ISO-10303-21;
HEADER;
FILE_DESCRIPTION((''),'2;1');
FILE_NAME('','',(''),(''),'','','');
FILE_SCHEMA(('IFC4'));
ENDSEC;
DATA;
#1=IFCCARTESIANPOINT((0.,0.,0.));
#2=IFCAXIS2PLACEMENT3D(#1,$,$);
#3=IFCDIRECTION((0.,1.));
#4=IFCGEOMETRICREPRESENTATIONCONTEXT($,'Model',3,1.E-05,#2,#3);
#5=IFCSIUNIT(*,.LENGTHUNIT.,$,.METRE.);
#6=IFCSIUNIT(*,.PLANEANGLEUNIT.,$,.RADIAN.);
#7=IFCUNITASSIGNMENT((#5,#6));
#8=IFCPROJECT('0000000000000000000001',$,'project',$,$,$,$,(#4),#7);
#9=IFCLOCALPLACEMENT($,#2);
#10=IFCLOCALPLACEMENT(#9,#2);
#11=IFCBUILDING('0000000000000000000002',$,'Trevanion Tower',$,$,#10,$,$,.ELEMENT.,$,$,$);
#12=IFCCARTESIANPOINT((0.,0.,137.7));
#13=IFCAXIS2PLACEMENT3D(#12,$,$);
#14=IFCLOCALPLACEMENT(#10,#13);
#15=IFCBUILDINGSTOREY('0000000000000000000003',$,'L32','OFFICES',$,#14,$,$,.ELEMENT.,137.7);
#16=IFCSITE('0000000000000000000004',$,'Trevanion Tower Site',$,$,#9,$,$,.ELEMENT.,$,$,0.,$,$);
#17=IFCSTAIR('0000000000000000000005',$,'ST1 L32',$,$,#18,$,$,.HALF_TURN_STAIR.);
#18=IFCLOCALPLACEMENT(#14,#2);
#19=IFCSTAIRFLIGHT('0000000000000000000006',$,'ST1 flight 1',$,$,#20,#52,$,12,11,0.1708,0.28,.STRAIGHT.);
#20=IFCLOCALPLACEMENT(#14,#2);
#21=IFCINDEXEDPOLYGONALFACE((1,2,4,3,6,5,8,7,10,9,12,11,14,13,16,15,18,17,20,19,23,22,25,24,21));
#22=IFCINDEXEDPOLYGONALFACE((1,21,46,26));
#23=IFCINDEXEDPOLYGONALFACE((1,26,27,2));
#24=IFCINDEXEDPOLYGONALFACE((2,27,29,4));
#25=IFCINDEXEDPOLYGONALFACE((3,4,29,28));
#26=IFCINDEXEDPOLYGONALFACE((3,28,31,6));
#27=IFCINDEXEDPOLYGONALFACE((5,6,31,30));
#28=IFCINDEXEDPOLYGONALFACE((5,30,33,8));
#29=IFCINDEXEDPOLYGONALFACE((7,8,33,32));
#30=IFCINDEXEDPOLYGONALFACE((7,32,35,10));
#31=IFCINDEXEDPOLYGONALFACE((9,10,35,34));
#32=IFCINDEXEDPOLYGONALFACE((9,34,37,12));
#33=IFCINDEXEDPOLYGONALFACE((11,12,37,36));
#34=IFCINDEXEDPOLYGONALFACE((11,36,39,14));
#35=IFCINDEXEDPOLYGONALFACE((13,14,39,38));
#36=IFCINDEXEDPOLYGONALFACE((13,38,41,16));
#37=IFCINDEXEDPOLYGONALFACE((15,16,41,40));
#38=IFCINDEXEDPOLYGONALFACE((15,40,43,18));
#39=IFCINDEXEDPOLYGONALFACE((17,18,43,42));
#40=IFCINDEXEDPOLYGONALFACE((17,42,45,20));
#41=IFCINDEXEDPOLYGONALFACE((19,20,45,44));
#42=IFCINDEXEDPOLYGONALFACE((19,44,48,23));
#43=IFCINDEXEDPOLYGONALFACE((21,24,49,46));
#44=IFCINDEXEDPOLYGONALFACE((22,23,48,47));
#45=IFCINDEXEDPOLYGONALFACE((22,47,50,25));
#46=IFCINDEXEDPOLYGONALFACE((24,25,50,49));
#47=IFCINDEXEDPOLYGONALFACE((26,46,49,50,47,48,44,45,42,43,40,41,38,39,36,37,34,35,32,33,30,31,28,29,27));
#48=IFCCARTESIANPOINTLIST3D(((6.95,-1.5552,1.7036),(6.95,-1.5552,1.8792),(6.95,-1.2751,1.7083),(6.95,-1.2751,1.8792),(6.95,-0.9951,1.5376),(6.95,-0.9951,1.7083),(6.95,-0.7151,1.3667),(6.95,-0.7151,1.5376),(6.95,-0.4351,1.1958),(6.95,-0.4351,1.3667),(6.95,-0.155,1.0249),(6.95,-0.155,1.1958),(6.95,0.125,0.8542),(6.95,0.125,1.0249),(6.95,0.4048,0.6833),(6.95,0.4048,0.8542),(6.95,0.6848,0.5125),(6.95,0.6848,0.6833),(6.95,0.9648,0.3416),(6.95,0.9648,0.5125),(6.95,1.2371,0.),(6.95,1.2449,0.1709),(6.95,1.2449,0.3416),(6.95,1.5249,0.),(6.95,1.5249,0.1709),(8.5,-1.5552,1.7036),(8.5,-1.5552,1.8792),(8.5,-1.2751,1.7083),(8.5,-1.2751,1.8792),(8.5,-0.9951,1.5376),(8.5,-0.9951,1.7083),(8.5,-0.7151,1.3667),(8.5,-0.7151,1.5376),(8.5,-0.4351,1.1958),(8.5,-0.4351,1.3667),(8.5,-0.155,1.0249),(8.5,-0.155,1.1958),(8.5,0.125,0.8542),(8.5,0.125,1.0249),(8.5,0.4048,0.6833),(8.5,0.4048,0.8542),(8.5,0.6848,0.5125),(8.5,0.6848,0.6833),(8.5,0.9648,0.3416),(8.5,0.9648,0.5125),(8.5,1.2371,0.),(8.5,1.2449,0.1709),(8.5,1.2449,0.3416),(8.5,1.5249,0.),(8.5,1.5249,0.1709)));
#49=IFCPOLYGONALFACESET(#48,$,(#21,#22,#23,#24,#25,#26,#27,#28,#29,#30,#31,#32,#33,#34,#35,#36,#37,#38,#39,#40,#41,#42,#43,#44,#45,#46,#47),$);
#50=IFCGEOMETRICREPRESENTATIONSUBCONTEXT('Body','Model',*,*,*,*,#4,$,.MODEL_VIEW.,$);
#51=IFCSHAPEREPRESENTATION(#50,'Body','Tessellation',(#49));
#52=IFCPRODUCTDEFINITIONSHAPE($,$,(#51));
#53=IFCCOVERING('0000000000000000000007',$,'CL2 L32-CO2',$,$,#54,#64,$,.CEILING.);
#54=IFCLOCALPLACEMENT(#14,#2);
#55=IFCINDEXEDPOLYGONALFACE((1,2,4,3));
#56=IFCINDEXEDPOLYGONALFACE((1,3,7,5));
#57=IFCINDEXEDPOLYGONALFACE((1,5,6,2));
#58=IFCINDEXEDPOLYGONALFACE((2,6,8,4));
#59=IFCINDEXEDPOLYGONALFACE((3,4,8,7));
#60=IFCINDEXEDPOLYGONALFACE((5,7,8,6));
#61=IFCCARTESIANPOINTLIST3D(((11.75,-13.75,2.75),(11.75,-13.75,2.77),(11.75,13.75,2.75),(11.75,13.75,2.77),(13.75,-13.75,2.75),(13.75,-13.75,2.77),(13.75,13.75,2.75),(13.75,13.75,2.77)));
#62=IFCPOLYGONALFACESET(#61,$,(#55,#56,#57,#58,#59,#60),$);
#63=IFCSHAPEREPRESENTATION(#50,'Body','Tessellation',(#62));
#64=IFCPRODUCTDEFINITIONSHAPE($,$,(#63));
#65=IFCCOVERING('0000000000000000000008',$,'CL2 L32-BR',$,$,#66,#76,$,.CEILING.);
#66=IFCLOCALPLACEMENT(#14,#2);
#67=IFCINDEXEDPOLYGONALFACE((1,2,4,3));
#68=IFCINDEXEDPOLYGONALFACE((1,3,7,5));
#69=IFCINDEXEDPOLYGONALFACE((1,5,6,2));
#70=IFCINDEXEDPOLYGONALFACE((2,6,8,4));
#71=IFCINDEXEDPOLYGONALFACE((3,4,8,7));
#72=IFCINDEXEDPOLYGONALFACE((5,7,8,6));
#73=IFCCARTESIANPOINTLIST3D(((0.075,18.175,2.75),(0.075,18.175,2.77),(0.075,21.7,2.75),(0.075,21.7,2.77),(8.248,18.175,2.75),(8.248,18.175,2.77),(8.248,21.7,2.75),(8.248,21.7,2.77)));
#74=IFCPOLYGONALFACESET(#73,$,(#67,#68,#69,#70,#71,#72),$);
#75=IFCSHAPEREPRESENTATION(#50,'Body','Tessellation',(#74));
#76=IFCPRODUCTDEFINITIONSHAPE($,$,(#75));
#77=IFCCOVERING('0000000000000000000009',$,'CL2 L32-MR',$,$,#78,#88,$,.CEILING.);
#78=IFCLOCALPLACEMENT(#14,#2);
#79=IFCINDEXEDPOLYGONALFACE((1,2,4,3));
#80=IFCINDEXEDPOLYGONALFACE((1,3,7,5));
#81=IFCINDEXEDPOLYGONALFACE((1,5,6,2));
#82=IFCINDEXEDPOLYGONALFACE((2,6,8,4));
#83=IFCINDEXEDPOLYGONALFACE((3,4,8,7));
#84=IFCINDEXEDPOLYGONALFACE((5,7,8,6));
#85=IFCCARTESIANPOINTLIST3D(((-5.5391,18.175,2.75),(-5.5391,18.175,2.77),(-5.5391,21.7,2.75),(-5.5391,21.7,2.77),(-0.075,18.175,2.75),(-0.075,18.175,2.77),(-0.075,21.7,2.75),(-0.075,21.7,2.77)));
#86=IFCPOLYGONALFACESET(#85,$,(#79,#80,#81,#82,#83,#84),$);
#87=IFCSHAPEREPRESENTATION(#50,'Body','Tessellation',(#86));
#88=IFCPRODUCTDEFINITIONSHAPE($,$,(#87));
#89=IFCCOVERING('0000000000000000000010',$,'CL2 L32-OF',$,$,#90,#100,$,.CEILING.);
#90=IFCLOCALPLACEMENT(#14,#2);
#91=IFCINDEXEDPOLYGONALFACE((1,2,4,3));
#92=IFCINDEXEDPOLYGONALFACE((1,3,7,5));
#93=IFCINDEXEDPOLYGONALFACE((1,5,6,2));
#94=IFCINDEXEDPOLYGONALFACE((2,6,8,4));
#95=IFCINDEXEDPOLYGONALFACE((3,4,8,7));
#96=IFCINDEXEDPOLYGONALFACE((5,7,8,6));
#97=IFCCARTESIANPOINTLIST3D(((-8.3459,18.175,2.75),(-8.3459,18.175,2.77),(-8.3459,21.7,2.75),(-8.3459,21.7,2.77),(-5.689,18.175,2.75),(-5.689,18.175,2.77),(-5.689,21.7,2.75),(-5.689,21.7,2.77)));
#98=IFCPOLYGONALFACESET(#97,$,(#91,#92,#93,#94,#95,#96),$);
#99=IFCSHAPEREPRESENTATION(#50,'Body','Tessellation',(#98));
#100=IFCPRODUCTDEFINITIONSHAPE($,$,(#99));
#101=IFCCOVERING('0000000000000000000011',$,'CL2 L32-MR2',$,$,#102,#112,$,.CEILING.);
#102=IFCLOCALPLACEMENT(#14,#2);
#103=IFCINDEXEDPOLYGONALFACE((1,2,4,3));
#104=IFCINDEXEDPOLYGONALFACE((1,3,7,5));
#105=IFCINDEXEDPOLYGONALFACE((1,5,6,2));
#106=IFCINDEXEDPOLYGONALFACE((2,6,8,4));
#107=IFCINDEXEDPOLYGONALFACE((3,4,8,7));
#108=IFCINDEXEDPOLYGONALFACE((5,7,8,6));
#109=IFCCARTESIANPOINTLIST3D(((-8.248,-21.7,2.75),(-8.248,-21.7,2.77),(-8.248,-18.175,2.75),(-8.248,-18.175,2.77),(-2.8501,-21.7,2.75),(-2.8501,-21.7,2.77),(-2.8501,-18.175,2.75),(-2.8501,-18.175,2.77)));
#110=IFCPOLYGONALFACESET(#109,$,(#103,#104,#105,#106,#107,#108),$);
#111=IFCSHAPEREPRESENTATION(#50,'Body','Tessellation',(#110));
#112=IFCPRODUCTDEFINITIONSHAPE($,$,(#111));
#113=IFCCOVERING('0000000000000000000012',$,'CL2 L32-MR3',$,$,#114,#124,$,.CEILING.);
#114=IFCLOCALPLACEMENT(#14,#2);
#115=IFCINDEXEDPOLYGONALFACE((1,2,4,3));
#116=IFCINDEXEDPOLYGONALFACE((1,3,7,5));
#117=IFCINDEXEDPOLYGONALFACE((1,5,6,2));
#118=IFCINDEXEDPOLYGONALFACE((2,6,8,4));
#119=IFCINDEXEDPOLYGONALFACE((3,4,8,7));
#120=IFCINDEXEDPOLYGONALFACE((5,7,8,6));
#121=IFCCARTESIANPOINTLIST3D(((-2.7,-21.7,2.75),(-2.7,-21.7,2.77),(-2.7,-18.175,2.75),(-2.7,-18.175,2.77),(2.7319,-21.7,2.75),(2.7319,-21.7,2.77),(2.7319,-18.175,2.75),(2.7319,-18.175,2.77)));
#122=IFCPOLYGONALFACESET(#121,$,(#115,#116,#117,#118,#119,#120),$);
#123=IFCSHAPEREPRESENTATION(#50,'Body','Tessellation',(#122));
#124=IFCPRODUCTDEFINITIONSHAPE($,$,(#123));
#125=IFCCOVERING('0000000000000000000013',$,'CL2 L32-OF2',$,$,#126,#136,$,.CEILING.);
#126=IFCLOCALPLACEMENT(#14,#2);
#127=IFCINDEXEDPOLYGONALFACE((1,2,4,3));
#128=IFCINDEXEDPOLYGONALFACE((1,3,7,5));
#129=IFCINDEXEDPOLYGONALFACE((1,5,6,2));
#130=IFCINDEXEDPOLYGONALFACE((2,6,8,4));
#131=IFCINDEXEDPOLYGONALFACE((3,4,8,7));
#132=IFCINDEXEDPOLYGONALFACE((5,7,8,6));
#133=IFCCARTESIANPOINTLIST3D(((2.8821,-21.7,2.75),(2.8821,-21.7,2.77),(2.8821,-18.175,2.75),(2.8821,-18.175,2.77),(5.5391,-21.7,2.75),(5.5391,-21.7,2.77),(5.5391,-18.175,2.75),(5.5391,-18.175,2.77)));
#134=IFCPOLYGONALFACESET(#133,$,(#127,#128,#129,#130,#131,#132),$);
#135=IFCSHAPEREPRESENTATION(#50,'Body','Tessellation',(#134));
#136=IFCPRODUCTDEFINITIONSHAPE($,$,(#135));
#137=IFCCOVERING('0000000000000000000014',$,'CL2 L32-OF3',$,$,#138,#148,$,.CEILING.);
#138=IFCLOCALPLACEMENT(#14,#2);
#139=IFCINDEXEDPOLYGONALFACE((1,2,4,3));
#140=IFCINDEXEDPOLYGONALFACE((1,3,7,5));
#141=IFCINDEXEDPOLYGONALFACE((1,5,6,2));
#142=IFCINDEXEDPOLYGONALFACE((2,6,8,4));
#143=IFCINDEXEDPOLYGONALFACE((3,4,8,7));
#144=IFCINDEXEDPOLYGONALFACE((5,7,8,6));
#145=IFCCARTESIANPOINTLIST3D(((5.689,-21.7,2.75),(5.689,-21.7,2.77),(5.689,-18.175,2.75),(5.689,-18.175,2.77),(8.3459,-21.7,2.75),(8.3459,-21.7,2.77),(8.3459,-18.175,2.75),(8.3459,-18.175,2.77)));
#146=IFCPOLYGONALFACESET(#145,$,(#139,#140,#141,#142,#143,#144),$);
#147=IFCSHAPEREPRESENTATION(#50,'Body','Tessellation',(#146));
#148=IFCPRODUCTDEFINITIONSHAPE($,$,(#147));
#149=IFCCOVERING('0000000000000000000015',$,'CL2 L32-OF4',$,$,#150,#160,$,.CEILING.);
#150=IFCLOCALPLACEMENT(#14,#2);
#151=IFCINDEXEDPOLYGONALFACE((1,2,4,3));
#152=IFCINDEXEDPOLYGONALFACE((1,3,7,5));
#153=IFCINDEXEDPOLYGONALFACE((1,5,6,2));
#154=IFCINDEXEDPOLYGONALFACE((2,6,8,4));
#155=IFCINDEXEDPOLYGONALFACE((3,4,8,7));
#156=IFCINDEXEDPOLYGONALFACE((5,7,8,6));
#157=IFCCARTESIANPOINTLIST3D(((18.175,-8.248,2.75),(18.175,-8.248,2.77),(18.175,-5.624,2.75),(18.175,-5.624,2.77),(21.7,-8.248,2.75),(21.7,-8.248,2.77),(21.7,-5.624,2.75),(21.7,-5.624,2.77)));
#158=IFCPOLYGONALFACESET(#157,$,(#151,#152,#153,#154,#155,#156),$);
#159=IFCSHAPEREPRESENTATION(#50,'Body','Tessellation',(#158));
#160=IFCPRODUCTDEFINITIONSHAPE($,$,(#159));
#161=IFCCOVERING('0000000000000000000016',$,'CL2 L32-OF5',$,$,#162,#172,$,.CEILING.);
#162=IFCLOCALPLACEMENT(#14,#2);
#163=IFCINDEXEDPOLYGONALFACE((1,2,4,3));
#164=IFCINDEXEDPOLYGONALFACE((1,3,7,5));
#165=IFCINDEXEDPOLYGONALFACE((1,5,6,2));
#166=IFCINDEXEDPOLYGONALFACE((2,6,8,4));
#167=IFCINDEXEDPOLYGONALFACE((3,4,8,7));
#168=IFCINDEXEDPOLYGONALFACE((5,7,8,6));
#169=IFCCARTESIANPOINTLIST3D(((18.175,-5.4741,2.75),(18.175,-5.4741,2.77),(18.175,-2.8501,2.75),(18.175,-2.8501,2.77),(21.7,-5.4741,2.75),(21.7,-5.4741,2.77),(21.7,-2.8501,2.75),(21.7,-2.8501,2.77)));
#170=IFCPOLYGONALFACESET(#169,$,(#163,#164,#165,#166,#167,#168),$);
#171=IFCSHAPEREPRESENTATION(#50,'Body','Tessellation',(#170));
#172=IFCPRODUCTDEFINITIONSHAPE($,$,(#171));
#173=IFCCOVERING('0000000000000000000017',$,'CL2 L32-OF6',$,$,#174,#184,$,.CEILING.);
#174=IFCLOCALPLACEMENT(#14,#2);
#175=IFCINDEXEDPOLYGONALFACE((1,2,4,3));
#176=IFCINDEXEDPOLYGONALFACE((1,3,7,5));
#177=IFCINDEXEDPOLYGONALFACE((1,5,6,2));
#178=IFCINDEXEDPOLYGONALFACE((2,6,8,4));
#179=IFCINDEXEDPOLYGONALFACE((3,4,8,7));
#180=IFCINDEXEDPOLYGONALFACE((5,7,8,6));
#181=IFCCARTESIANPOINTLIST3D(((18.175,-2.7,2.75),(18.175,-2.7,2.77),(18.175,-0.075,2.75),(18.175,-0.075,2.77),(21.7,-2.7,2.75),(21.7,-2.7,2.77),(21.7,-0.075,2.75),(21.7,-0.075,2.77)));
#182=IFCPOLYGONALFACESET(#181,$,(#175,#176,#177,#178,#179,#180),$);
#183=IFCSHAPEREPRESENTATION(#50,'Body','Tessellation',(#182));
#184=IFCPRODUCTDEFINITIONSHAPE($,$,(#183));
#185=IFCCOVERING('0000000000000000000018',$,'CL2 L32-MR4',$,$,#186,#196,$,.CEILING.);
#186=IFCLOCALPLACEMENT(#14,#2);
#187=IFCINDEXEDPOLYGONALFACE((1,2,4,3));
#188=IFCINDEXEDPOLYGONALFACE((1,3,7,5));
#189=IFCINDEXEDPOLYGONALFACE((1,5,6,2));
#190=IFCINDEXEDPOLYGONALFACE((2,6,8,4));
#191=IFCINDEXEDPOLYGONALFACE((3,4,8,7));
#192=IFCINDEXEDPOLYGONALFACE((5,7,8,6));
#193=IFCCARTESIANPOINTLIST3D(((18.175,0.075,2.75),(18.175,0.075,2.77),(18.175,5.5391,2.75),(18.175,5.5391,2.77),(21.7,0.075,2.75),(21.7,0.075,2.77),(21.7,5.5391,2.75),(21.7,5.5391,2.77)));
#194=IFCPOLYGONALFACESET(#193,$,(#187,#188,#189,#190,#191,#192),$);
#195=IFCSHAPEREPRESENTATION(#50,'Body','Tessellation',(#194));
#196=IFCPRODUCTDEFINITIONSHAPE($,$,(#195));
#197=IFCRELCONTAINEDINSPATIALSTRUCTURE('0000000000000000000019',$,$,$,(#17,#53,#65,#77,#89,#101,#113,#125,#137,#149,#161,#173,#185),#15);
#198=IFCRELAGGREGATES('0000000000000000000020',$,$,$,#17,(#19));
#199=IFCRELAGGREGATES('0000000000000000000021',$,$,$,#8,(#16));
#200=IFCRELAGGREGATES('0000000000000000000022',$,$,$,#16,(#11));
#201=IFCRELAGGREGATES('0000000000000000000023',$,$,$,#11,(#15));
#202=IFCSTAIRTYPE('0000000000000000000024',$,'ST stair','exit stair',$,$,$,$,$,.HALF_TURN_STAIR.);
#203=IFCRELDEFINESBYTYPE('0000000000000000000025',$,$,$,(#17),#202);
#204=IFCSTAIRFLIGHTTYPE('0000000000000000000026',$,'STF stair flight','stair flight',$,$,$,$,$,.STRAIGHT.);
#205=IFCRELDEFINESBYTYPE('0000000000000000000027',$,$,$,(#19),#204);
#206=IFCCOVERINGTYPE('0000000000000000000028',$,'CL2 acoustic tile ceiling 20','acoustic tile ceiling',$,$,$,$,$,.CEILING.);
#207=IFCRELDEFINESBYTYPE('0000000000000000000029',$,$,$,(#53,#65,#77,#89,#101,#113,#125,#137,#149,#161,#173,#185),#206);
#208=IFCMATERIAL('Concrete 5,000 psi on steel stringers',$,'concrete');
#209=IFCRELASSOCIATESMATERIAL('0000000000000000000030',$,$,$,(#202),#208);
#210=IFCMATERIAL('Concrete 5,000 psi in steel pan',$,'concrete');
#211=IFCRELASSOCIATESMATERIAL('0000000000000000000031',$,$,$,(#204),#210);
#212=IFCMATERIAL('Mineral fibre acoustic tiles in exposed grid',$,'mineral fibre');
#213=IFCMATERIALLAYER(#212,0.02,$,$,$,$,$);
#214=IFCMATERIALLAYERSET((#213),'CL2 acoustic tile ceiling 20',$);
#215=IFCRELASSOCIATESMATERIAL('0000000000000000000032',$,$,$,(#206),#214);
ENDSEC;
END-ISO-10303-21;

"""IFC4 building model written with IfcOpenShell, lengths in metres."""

from ifc_helpers import new_model, si_unit, direction, frame, origin, place, context, subcontext, project, spatial, polyline, outline, extrude, material, layer, layer_set, type_object, element, aggregate, save


model = new_model("IFC4")

# Units and contexts
model_context = context("Model", 3, precision=1e-05, world=origin(), true_north=direction((0.0, 1.0)))
body_context = subcontext(model_context, "Body", "Model", "MODEL_VIEW")
ifc_project = project(units=[si_unit("LENGTHUNIT", "METRE"), si_unit("PLANEANGLEUNIT", "RADIAN")], contexts=[model_context])

# Site, building, storey
site_placement = place(None, origin())
site = spatial("IfcSite", under=ifc_project, at=site_placement, Name="Trevanion Tower Site", CompositionType="ELEMENT", RefElevation=0.0)
building_placement = place(site_placement, origin())
building = spatial("IfcBuilding", under=site, at=building_placement, Name="Trevanion Tower", CompositionType="ELEMENT")
storey_placement = place(building_placement, frame((0.0, 0.0, 137.7)))
storey = spatial("IfcBuildingStorey", under=building, at=storey_placement, Name="L32", Description="OFFICES", CompositionType="ELEMENT", Elevation=137.7)

# Stair, stair flight
ifc_material_1 = material(Name="Concrete 5,000 psi on steel stringers", Category="concrete")
stair_type = type_object("IfcStairType", Name="ST stair", Description="exit stair", PredefinedType="HALF_TURN_STAIR", material=ifc_material_1)
stair_placement = place(storey_placement, origin())
stair = element("IfcStair", 1, at=stair_placement, inside=storey, type_object=stair_type, Name="ST1 L32", PredefinedType="HALF_TURN_STAIR")
ifc_material_2 = material(Name="Concrete 5,000 psi in steel pan", Category="concrete")
stair_flight_type = type_object("IfcStairFlightType", Name="STF stair flight", Description="stair flight", PredefinedType="STRAIGHT", material=ifc_material_2)
stair_flight_placement = place(storey_placement, frame((7.7251, 1.5249, 0.0), z_axis=(0.0, 0.0, 1.0), x_axis=(0.0, -1.0, 0.0)))
stair_flight = element("IfcStairFlight", 2, at=stair_flight_placement, type_object=stair_flight_type, Name="ST1 flight 1", NumberOfRisers=12, NumberOfTreads=11, PredefinedType="STRAIGHT", RiserHeight=0.1708, TreadLength=0.28, context=body_context, shape_type="SweptSolid", body=[
    extrude(outline(polyline([(0.0, 0.0), (0.0, 0.1709), (0.28, 0.1709), (0.28, 0.3416), (0.5601, 0.3416), (0.5601, 0.5125), (0.8401, 0.5125), (0.8401, 0.6833), (1.1201, 0.6833), (1.1201, 0.8542), (1.3999, 0.8542), (1.3999, 1.0249), (1.6799, 1.0249), (1.6799, 1.1958), (1.96, 1.1958), (1.96, 1.3667), (2.24, 1.3667), (2.24, 1.5376), (2.52, 1.5376), (2.52, 1.7083), (2.8, 1.7083), (2.8, 1.8792), (3.0801, 1.8792), (3.0801, 2.05), (3.0801, 1.7036), (0.2878, 0.0), (0.0, 0.0)])), frame((0.0, 0.7749, 0.0), z_axis=(0.0, -1.0, 0.0), x_axis=(1.0, 0.0, 0.0)), (0.0, 0.0, 1.0), 1.55),
])
aggregate(stair, [stair_flight])

# Coverings
ifc_material_3 = material(Name="Mineral fibre acoustic tiles in exposed grid", Category="mineral fibre")
ifc_layer_1 = layer(ifc_material_3, 0.02)
ifc_layer_set_1 = layer_set([ifc_layer_1], Name="CL2 acoustic tile ceiling 20")
covering_type_1 = type_object("IfcCoveringType", Name="CL2 acoustic tile ceiling 20", Description="acoustic tile ceiling", PredefinedType="CEILING", material=ifc_layer_set_1)
covering_1_placement = place(storey_placement, frame((0.0, 0.0, 2.75)))
element("IfcCovering", 3, at=covering_1_placement, inside=storey, type_object=covering_type_1, Name="CL2 L32-CO2", PredefinedType="CEILING", context=body_context, shape_type="SweptSolid", body=[
    extrude(outline(polyline([(11.75, 13.75), (13.75, 13.75), (13.75, -13.75), (11.75, -13.75), (11.75, 13.75)])), origin(), (0.0, 0.0, 1.0), 0.02),
])
covering_2_placement = place(storey_placement, frame((0.0, 0.0, 2.75)))
element("IfcCovering", 4, at=covering_2_placement, inside=storey, type_object=covering_type_1, Name="CL2 L32-BR", PredefinedType="CEILING", context=body_context, shape_type="SweptSolid", body=[
    extrude(outline(polyline([(8.248, 18.175), (0.075, 18.175), (0.075, 21.7), (8.248, 21.7), (8.248, 18.175)])), origin(), (0.0, 0.0, 1.0), 0.02),
])
covering_3_placement = place(storey_placement, frame((0.0, 0.0, 2.75)))
element("IfcCovering", 5, at=covering_3_placement, inside=storey, type_object=covering_type_1, Name="CL2 L32-MR", PredefinedType="CEILING", context=body_context, shape_type="SweptSolid", body=[
    extrude(outline(polyline([(-0.075, 18.175), (-5.5391, 18.175), (-5.5391, 21.7), (-0.075, 21.7), (-0.075, 18.175)])), origin(), (0.0, 0.0, 1.0), 0.02),
])
covering_4_placement = place(storey_placement, frame((0.0, 0.0, 2.75)))
element("IfcCovering", 6, at=covering_4_placement, inside=storey, type_object=covering_type_1, Name="CL2 L32-OF", PredefinedType="CEILING", context=body_context, shape_type="SweptSolid", body=[
    extrude(outline(polyline([(-5.689, 18.175), (-8.3459, 18.175), (-8.3459, 21.7), (-5.689, 21.7), (-5.689, 18.175)])), origin(), (0.0, 0.0, 1.0), 0.02),
])
covering_5_placement = place(storey_placement, frame((0.0, 0.0, 2.75)))
element("IfcCovering", 7, at=covering_5_placement, inside=storey, type_object=covering_type_1, Name="CL2 L32-MR2", PredefinedType="CEILING", context=body_context, shape_type="SweptSolid", body=[
    extrude(outline(polyline([(-8.248, -18.175), (-2.8501, -18.175), (-2.8501, -21.7), (-8.248, -21.7), (-8.248, -18.175)])), origin(), (0.0, 0.0, 1.0), 0.02),
])
covering_6_placement = place(storey_placement, frame((0.0, 0.0, 2.75)))
element("IfcCovering", 8, at=covering_6_placement, inside=storey, type_object=covering_type_1, Name="CL2 L32-MR3", PredefinedType="CEILING", context=body_context, shape_type="SweptSolid", body=[
    extrude(outline(polyline([(-2.7, -18.175), (2.7319, -18.175), (2.7319, -21.7), (-2.7, -21.7), (-2.7, -18.175)])), origin(), (0.0, 0.0, 1.0), 0.02),
])
covering_7_placement = place(storey_placement, frame((0.0, 0.0, 2.75)))
element("IfcCovering", 9, at=covering_7_placement, inside=storey, type_object=covering_type_1, Name="CL2 L32-OF2", PredefinedType="CEILING", context=body_context, shape_type="SweptSolid", body=[
    extrude(outline(polyline([(2.8821, -18.175), (5.5391, -18.175), (5.5391, -21.7), (2.8821, -21.7), (2.8821, -18.175)])), origin(), (0.0, 0.0, 1.0), 0.02),
])
covering_8_placement = place(storey_placement, frame((0.0, 0.0, 2.75)))
element("IfcCovering", 10, at=covering_8_placement, inside=storey, type_object=covering_type_1, Name="CL2 L32-OF3", PredefinedType="CEILING", context=body_context, shape_type="SweptSolid", body=[
    extrude(outline(polyline([(5.689, -18.175), (8.3459, -18.175), (8.3459, -21.7), (5.689, -21.7), (5.689, -18.175)])), origin(), (0.0, 0.0, 1.0), 0.02),
])
covering_9_placement = place(storey_placement, frame((0.0, 0.0, 2.75)))
element("IfcCovering", 11, at=covering_9_placement, inside=storey, type_object=covering_type_1, Name="CL2 L32-OF4", PredefinedType="CEILING", context=body_context, shape_type="SweptSolid", body=[
    extrude(outline(polyline([(18.175, -8.248), (18.175, -5.624), (21.7, -5.624), (21.7, -8.248), (18.175, -8.248)])), origin(), (0.0, 0.0, 1.0), 0.02),
])
covering_10_placement = place(storey_placement, frame((0.0, 0.0, 2.75)))
element("IfcCovering", 12, at=covering_10_placement, inside=storey, type_object=covering_type_1, Name="CL2 L32-OF5", PredefinedType="CEILING", context=body_context, shape_type="SweptSolid", body=[
    extrude(outline(polyline([(18.175, -5.4741), (18.175, -2.8501), (21.7, -2.8501), (21.7, -5.4741), (18.175, -5.4741)])), origin(), (0.0, 0.0, 1.0), 0.02),
])
covering_11_placement = place(storey_placement, frame((0.0, 0.0, 2.75)))
element("IfcCovering", 13, at=covering_11_placement, inside=storey, type_object=covering_type_1, Name="CL2 L32-OF6", PredefinedType="CEILING", context=body_context, shape_type="SweptSolid", body=[
    extrude(outline(polyline([(18.175, -2.7), (18.175, -0.075), (21.7, -0.075), (21.7, -2.7), (18.175, -2.7)])), origin(), (0.0, 0.0, 1.0), 0.02),
])
covering_12_placement = place(storey_placement, frame((0.0, 0.0, 2.75)))
element("IfcCovering", 14, at=covering_12_placement, inside=storey, type_object=covering_type_1, Name="CL2 L32-MR4", PredefinedType="CEILING", context=body_context, shape_type="SweptSolid", body=[
    extrude(outline(polyline([(18.175, 0.075), (18.175, 5.5391), (21.7, 5.5391), (21.7, 0.075), (18.175, 0.075)])), origin(), (0.0, 0.0, 1.0), 0.02),
])

save(model, "model.ifc")
